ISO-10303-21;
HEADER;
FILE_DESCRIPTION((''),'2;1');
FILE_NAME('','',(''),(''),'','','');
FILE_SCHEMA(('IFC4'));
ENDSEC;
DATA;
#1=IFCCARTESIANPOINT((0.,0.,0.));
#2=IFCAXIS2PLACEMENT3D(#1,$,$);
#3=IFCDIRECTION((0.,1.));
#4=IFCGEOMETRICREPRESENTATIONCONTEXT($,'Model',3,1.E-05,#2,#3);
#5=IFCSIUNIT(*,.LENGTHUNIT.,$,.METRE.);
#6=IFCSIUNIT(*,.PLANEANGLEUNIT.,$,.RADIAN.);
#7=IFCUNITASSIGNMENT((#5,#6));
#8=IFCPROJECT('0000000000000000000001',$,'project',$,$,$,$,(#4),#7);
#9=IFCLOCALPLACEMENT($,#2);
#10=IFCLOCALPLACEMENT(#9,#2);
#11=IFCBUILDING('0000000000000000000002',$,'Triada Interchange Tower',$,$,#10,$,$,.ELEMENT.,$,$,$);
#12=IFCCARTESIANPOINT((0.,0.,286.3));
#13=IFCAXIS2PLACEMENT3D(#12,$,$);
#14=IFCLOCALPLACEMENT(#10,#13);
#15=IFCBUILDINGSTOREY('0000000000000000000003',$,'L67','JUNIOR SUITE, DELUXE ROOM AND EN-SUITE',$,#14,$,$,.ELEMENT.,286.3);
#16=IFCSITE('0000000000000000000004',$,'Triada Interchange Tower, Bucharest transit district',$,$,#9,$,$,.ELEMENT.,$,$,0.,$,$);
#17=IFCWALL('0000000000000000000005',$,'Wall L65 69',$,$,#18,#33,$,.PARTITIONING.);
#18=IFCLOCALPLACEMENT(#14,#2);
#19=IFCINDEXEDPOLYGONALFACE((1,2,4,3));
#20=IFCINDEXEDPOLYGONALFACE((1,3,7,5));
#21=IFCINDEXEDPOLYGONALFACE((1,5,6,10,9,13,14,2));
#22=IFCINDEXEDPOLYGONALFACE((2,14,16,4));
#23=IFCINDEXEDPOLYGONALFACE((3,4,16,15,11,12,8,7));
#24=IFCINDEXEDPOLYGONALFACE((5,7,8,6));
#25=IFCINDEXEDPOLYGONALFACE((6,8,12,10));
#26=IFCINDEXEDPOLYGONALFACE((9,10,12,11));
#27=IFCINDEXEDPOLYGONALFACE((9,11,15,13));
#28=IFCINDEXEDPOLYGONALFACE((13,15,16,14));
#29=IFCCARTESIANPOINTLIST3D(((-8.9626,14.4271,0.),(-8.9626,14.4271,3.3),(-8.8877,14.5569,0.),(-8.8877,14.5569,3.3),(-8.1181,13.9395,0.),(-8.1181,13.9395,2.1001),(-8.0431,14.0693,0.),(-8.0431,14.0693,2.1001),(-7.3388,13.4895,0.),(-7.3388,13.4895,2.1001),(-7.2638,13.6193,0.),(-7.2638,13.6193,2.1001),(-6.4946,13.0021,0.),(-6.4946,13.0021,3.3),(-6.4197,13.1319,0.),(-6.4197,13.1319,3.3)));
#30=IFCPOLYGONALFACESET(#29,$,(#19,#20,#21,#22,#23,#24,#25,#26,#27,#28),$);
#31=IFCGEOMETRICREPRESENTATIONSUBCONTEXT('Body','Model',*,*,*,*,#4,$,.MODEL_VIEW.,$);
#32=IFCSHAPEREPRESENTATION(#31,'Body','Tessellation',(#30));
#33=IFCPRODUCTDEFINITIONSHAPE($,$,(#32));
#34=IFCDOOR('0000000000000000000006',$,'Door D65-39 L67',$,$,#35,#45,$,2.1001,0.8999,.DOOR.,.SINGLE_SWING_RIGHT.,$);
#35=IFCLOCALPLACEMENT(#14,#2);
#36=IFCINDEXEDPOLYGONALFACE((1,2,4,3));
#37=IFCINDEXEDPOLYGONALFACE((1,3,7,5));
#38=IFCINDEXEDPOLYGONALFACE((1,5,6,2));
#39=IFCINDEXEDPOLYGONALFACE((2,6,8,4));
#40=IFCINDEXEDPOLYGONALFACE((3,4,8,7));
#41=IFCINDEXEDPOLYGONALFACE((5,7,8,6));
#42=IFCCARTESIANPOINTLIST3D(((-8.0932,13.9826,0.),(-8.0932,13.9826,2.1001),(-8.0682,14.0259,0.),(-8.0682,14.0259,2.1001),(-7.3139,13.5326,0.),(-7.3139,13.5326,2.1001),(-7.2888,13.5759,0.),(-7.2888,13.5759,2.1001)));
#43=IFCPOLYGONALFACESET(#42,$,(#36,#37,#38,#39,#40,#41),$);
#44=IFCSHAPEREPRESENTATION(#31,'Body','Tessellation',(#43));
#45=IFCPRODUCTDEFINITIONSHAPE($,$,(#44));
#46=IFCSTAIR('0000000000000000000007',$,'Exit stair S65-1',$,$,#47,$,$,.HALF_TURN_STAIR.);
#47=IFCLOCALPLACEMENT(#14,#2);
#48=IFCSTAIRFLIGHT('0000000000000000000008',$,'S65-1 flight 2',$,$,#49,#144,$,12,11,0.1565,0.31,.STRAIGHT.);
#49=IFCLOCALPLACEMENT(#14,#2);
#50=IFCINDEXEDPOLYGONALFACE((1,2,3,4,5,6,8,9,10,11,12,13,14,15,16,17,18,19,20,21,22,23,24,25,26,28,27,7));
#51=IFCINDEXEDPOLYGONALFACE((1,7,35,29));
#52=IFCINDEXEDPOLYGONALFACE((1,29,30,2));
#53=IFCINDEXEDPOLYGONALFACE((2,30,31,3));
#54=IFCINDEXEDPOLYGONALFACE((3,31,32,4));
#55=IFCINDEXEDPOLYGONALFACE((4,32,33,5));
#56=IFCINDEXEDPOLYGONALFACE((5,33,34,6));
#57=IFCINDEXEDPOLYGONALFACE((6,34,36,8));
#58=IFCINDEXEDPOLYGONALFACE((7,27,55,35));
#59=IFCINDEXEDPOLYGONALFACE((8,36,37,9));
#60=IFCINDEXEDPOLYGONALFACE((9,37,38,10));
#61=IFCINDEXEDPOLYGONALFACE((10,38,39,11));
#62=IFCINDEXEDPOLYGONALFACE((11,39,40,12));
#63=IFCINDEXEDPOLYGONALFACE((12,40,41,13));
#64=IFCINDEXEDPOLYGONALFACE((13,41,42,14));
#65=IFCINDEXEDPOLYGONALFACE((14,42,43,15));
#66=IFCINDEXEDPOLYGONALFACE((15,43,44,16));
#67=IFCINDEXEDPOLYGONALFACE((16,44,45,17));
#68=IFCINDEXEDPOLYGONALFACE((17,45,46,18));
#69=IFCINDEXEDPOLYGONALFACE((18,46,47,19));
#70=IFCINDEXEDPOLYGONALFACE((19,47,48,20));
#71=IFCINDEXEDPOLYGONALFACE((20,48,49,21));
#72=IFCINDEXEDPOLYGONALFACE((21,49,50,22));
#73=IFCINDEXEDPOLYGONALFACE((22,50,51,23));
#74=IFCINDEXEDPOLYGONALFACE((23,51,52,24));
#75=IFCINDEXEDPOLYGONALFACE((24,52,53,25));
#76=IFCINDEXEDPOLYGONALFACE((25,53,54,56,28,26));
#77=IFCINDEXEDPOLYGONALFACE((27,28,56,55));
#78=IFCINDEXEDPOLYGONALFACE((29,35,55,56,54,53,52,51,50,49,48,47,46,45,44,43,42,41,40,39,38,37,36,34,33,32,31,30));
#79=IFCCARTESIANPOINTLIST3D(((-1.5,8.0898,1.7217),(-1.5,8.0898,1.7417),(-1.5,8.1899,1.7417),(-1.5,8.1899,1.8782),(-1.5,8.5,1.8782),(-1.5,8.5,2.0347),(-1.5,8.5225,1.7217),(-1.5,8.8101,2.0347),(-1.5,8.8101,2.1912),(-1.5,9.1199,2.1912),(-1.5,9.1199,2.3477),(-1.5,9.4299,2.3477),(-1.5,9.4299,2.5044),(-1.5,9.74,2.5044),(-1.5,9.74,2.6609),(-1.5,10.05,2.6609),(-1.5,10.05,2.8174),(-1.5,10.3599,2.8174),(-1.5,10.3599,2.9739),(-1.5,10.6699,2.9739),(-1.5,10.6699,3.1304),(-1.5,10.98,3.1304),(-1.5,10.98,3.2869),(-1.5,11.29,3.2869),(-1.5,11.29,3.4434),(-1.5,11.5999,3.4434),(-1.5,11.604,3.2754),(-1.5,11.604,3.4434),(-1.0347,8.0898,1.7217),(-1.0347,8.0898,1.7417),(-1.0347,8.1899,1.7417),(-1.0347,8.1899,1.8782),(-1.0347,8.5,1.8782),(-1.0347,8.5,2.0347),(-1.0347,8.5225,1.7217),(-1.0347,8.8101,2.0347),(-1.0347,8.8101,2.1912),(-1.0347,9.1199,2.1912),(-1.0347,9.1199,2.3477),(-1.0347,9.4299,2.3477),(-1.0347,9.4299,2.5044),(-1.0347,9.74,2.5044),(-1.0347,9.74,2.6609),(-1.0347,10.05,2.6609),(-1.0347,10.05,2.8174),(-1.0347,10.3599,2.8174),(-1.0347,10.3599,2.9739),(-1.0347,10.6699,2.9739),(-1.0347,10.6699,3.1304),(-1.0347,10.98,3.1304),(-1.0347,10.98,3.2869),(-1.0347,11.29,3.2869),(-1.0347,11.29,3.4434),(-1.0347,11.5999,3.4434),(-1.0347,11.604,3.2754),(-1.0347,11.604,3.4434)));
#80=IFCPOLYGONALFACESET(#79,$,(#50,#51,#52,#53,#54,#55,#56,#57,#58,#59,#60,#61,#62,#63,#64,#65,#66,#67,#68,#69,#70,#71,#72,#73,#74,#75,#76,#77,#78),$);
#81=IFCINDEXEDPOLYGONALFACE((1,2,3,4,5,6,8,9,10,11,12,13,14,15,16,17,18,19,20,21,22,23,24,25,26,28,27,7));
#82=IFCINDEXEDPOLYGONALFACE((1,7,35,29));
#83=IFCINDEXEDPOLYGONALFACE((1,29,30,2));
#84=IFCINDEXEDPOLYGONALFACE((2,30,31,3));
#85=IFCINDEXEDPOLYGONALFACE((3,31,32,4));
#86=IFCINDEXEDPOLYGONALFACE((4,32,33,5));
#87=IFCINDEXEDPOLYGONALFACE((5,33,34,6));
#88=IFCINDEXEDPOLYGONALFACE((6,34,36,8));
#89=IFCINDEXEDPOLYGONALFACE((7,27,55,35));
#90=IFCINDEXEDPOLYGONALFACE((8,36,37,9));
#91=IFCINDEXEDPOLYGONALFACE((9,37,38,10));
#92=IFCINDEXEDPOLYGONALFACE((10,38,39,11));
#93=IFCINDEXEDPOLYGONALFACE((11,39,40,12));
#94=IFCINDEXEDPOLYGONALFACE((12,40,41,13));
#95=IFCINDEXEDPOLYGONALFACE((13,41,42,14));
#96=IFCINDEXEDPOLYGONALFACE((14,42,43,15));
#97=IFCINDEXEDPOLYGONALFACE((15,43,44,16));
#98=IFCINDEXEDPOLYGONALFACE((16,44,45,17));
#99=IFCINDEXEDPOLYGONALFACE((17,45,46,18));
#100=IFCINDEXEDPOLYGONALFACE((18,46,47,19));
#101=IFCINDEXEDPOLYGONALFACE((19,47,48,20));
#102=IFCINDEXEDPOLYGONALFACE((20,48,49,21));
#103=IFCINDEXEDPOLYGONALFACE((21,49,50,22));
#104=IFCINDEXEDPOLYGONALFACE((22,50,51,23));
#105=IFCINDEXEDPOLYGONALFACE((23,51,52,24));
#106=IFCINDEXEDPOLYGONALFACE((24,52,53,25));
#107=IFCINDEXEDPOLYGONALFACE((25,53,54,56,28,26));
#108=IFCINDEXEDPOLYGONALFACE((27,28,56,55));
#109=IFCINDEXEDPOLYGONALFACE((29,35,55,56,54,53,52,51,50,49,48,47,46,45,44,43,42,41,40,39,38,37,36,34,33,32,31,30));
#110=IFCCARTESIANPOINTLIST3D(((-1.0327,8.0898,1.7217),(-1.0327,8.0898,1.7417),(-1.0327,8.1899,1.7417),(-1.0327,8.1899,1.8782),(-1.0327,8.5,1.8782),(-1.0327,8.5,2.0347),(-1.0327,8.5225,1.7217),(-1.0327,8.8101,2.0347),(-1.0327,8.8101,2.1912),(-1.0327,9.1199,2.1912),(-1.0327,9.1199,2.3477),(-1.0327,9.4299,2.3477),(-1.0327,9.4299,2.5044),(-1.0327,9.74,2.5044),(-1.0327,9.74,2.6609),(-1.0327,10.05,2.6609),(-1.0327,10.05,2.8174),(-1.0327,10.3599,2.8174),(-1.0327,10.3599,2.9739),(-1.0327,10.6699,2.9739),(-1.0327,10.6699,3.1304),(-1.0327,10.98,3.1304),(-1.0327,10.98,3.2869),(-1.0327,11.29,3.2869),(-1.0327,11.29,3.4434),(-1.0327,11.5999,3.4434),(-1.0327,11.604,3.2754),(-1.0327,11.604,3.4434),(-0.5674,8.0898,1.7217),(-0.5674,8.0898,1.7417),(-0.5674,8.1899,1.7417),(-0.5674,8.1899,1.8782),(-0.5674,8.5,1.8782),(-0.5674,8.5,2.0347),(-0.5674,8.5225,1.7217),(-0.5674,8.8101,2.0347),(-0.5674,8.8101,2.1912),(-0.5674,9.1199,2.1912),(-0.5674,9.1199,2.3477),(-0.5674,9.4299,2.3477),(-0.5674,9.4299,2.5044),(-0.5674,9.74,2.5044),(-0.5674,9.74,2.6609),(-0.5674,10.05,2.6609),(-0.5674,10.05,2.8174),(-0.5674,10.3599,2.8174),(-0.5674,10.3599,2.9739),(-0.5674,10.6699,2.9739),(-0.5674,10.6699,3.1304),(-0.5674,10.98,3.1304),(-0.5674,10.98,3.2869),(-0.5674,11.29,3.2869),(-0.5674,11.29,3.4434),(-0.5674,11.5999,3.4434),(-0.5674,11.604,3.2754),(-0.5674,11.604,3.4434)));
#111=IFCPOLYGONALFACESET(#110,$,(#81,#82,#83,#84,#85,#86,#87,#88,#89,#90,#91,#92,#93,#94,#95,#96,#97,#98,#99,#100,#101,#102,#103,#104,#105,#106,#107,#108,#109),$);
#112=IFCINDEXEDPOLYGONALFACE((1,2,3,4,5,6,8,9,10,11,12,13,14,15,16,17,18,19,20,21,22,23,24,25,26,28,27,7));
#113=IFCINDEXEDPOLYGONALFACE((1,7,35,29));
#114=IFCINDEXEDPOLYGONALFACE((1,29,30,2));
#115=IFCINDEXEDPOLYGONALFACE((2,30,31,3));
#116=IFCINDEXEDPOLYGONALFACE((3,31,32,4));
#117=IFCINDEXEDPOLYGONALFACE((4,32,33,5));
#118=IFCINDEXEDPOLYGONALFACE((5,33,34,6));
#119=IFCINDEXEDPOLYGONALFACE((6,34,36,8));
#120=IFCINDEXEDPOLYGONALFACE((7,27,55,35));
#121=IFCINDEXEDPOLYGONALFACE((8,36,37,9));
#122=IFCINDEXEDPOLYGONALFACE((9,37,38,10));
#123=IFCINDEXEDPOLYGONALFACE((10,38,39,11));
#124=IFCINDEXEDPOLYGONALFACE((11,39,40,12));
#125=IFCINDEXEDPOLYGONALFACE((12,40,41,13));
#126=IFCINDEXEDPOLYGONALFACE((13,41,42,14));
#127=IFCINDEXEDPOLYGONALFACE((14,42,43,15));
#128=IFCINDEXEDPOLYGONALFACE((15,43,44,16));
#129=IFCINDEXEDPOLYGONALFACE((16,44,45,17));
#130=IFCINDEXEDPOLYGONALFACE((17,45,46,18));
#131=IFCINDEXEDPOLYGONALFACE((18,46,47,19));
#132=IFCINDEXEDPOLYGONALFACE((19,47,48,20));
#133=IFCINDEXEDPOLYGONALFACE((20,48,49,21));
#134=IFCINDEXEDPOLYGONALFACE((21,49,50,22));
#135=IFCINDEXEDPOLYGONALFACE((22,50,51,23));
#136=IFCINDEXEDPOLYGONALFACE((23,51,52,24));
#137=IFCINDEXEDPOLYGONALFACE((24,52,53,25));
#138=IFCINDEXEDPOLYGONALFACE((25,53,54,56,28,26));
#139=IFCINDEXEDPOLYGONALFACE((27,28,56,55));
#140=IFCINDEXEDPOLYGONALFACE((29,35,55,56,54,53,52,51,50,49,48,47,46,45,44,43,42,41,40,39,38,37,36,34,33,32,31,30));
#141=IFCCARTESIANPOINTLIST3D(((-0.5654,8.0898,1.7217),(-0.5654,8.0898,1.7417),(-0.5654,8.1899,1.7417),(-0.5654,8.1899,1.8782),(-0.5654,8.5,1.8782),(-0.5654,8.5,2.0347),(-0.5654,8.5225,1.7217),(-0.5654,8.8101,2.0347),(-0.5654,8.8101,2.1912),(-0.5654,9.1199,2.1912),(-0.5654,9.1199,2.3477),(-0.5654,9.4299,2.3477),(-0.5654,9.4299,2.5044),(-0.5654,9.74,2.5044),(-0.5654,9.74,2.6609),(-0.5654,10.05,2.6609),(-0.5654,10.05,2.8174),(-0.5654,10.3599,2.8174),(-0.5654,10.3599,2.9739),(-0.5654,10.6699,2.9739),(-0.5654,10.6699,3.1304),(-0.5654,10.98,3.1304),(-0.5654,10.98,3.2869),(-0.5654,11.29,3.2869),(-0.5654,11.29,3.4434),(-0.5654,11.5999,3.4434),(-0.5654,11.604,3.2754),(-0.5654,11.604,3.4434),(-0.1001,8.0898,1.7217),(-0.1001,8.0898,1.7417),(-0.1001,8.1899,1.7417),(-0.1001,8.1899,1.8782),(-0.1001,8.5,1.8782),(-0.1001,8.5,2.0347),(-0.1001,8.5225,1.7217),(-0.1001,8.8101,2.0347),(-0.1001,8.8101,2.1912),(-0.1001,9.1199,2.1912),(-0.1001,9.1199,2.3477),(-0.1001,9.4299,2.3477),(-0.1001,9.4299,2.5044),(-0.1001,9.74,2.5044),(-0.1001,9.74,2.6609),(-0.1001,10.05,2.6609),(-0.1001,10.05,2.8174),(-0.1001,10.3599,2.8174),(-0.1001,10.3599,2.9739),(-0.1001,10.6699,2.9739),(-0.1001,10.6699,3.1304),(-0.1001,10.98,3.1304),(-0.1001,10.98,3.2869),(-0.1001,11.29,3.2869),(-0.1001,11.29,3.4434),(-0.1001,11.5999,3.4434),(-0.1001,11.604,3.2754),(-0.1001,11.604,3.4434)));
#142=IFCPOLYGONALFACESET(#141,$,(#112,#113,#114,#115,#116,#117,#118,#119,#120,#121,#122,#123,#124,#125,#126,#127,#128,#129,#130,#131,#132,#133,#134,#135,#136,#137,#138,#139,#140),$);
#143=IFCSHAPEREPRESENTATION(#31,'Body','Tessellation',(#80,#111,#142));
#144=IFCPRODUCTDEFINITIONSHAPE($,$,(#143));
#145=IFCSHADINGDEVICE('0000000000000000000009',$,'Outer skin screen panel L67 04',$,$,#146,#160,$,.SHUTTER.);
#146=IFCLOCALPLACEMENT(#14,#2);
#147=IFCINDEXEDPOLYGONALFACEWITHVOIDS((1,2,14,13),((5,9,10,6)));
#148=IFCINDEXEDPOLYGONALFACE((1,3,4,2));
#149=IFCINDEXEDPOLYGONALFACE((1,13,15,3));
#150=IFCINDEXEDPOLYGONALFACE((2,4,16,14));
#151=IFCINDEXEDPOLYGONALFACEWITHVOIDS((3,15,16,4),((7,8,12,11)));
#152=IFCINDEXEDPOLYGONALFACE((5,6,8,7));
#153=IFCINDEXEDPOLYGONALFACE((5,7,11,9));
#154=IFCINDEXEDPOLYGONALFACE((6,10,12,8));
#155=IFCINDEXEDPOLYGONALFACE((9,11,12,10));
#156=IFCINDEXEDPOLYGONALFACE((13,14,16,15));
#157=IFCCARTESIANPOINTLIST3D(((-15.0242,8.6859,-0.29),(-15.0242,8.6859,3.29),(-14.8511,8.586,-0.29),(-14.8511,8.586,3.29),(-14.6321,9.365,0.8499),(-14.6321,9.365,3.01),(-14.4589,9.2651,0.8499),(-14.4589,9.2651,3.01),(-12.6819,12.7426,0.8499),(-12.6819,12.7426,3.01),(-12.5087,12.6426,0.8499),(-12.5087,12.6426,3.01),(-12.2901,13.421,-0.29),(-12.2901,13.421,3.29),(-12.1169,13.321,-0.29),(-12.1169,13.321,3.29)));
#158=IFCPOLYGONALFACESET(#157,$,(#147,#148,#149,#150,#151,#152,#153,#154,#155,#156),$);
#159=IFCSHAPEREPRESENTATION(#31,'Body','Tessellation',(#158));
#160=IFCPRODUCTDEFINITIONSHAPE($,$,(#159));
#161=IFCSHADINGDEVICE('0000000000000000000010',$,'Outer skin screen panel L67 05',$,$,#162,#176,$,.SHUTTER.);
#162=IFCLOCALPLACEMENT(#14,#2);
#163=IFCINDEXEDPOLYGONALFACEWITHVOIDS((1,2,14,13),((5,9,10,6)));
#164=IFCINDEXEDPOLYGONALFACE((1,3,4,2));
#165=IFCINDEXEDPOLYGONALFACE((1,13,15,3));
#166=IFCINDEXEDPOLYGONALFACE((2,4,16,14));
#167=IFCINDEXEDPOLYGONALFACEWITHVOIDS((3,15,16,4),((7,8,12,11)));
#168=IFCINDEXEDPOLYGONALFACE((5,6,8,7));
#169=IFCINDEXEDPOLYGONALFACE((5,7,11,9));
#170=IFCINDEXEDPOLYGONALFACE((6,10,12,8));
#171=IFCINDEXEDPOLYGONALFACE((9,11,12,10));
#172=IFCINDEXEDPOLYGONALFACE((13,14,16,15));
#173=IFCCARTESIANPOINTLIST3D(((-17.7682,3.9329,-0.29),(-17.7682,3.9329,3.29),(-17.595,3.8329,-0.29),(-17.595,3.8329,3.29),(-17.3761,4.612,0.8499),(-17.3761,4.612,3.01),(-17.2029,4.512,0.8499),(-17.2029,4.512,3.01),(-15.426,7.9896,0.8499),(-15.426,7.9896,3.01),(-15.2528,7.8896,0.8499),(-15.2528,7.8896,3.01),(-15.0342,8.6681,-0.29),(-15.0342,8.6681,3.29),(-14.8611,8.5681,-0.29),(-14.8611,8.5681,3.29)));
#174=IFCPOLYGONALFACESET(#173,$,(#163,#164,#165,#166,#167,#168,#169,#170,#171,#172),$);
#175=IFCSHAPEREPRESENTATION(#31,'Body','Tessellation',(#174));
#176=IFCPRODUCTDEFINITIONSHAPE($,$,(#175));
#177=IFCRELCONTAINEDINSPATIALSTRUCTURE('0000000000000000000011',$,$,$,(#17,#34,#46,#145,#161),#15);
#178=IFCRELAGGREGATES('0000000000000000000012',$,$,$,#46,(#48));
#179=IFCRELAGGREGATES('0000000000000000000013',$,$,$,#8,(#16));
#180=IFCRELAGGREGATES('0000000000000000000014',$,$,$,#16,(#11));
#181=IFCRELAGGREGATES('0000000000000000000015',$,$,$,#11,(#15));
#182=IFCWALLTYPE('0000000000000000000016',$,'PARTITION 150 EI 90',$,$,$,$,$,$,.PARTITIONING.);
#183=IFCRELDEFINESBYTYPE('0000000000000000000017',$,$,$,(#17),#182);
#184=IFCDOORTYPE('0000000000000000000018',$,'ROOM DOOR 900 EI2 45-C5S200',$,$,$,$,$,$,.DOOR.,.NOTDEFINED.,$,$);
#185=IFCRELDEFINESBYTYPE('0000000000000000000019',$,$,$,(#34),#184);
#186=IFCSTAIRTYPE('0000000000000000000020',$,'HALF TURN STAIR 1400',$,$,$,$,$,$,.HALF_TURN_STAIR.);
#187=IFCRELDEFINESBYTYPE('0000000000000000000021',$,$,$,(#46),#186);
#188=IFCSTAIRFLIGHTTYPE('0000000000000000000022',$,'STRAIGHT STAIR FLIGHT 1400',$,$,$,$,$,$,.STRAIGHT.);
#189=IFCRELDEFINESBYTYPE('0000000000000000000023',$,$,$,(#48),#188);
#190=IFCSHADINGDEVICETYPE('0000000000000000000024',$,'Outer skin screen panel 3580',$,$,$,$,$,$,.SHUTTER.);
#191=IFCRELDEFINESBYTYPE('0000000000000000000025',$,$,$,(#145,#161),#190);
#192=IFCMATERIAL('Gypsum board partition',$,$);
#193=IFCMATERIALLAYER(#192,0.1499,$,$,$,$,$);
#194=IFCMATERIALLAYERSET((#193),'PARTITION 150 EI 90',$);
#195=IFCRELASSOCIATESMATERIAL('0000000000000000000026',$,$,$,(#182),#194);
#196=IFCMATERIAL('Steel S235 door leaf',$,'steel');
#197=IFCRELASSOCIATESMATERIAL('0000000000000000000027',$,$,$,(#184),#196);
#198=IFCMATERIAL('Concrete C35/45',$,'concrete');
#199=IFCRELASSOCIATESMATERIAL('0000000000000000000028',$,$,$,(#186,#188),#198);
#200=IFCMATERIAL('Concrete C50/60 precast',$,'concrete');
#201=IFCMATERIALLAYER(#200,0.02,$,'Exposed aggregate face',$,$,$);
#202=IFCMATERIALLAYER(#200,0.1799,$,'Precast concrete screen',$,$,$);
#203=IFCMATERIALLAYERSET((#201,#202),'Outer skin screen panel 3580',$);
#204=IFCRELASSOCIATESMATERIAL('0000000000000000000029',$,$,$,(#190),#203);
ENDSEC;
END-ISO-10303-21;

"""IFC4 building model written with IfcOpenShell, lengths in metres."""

from ifc_helpers import new_model, si_unit, direction, frame, frame_2d, origin, place, context, subcontext, project, spatial, polyline, rectangle, outline, extrude, material, layer, layer_set, type_object, element, fill, aggregate, save


model = new_model("IFC4")

# Units and contexts
model_context = context("Model", 3, precision=1e-05, world=origin(), true_north=direction((0.0, 1.0)))
body_context = subcontext(model_context, "Body", "Model", "MODEL_VIEW")
ifc_project = project(units=[si_unit("LENGTHUNIT", "METRE"), si_unit("PLANEANGLEUNIT", "RADIAN")], contexts=[model_context])

# Site, building, storey
site_placement = place(None, origin())
site = spatial("IfcSite", under=ifc_project, at=site_placement, Name="Triada Interchange Tower, Bucharest transit district", CompositionType="ELEMENT", RefElevation=0.0)
building_placement = place(site_placement, origin())
building = spatial("IfcBuilding", under=site, at=building_placement, Name="Triada Interchange Tower", CompositionType="ELEMENT")
storey_placement = place(building_placement, frame((0.0, 0.0, 286.3)))
storey = spatial("IfcBuildingStorey", under=building, at=storey_placement, Name="L67", Description="JUNIOR SUITE, DELUXE ROOM AND EN-SUITE", CompositionType="ELEMENT", Elevation=286.3)

# Shared definitions
ifc_material_1 = material(Name="Steel S235 door leaf", Category="steel")

# Shared definitions
ifc_material_2 = material(Name="Gypsum board partition")
ifc_layer_1 = layer(ifc_material_2, 0.1499)
ifc_layer_set_1 = layer_set([ifc_layer_1], Name="PARTITION 150 EI 90")
wall_type_1 = type_object("IfcWallType", Name="PARTITION 150 EI 90", PredefinedType="PARTITIONING", material=ifc_layer_set_1)

# Wall, opening, door
door_type_1 = type_object("IfcDoorType", Name="ROOM DOOR 900 EI2 45-C5S200", OperationType="NOTDEFINED", PredefinedType="DOOR", material=ifc_material_1)
wall_1_placement = place(storey_placement, frame((-8.925, 14.4919, 0.0), z_axis=(0.0, 0.0, 1.0), x_axis=(0.866004, -0.500036, 0.0)))
wall_1 = element("IfcWall", 1, at=wall_1_placement, inside=storey, type_object=wall_type_1, Name="Wall L65 69", PredefinedType="PARTITIONING", context=body_context, shape_type="SweptSolid", body=[
    extrude(rectangle(XDim=2.8499, YDim=0.1499, at=frame_2d((1.4248, 0.0))), origin(), (0.0, 0.0, 1.0), 3.3),
])
opening_1_placement = place(wall_1_placement, frame((0.9751, 0.0, 0.0)))
opening_1 = element("IfcOpeningElement", 2, at=opening_1_placement, cuts=wall_1, PredefinedType="OPENING", context=body_context, shape_type="SweptSolid", body=[
    extrude(rectangle(XDim=0.8999, YDim=2.1001, at=frame_2d((0.45, 1.05))), frame((0.0, 0.085, 0.0), z_axis=(0.0, -1.0, 0.0), x_axis=(1.0, 0.0, 0.0)), (0.0, 0.0, 1.0), 0.1699),
])
door_1_placement = place(opening_1_placement, origin())
door_1 = element("IfcDoor", 3, at=door_1_placement, inside=storey, type_object=door_type_1, Name="Door D65-39 L67", OperationType="SINGLE_SWING_RIGHT", OverallHeight=2.1001, OverallWidth=0.8999, PredefinedType="DOOR", context=body_context, shape_type="SweptSolid", body=[
    extrude(rectangle(XDim=0.8999, YDim=2.1001, at=frame_2d((0.45, 1.05))), frame((0.0, 0.0249, 0.0), z_axis=(0.0, -1.0, 0.0), x_axis=(1.0, 0.0, 0.0)), (0.0, 0.0, 1.0), 0.05),
])
fill(opening_1, door_1)

# Stair, stair flight
ifc_material_3 = material(Name="Concrete C35/45", Category="concrete")
stair_type = type_object("IfcStairType", Name="HALF TURN STAIR 1400", PredefinedType="HALF_TURN_STAIR", material=ifc_material_3)
stair_placement = place(storey_placement, origin())
stair = element("IfcStair", 4, at=stair_placement, inside=storey, type_object=stair_type, Name="Exit stair S65-1", PredefinedType="HALF_TURN_STAIR")
stair_flight_type = type_object("IfcStairFlightType", Name="STRAIGHT STAIR FLIGHT 1400", PredefinedType="STRAIGHT", material=ifc_material_3)
stair_flight_placement = place(storey_placement, frame((-0.8, 8.1899, 1.7217), z_axis=(0.0, 0.0, 1.0), x_axis=(0.0, 1.0, 0.0)))
stair_flight = element("IfcStairFlight", 5, at=stair_flight_placement, type_object=stair_flight_type, Name="S65-1 flight 2", NumberOfRisers=12, NumberOfTreads=11, PredefinedType="STRAIGHT", RiserHeight=0.1565, TreadLength=0.31, context=body_context, shape_type="SweptSolid", body=[
    extrude(outline(polyline([(-0.1001, 0.0), (-0.1001, 0.02), (0.0, 0.02), (0.0, 0.1565), (0.3101, 0.1565), (0.3101, 0.313), (0.6201, 0.313), (0.6201, 0.4695), (0.9299, 0.4695), (0.9299, 0.626), (1.24, 0.626), (1.24, 0.7827), (1.55, 0.7827), (1.55, 0.9392), (1.8601, 0.9392), (1.8601, 1.0957), (2.1699, 1.0957), (2.1699, 1.2522), (2.48, 1.2522), (2.48, 1.4087), (2.79, 1.4087), (2.79, 1.5652), (3.1001, 1.5652), (3.1001, 1.7217), (3.4099, 1.7217), (3.4141, 1.7217), (3.4141, 1.8782), (3.4141, 1.5537), (0.3325, 0.0), (-0.1001, 0.0)])), frame((0.0, 0.7, 0.0), z_axis=(0.0, -1.0, 0.0), x_axis=(1.0, 0.0, 0.0)), (0.0, 0.0, 1.0), 0.4653),
    extrude(outline(polyline([(-0.1001, 0.0), (-0.1001, 0.02), (0.0, 0.02), (0.0, 0.1565), (0.3101, 0.1565), (0.3101, 0.313), (0.6201, 0.313), (0.6201, 0.4695), (0.9299, 0.4695), (0.9299, 0.626), (1.24, 0.626), (1.24, 0.7827), (1.55, 0.7827), (1.55, 0.9392), (1.8601, 0.9392), (1.8601, 1.0957), (2.1699, 1.0957), (2.1699, 1.2522), (2.48, 1.2522), (2.48, 1.4087), (2.79, 1.4087), (2.79, 1.5652), (3.1001, 1.5652), (3.1001, 1.7217), (3.4099, 1.7217), (3.4141, 1.7217), (3.4141, 1.8782), (3.4141, 1.5537), (0.3325, 0.0), (-0.1001, 0.0)])), frame((0.0, 0.2327, 0.0), z_axis=(0.0, -1.0, 0.0), x_axis=(1.0, 0.0, 0.0)), (0.0, 0.0, 1.0), 0.4653),
    extrude(outline(polyline([(-0.1001, 0.0), (-0.1001, 0.02), (0.0, 0.02), (0.0, 0.1565), (0.3101, 0.1565), (0.3101, 0.313), (0.6201, 0.313), (0.6201, 0.4695), (0.9299, 0.4695), (0.9299, 0.626), (1.24, 0.626), (1.24, 0.7827), (1.55, 0.7827), (1.55, 0.9392), (1.8601, 0.9392), (1.8601, 1.0957), (2.1699, 1.0957), (2.1699, 1.2522), (2.48, 1.2522), (2.48, 1.4087), (2.79, 1.4087), (2.79, 1.5652), (3.1001, 1.5652), (3.1001, 1.7217), (3.4099, 1.7217), (3.4141, 1.7217), (3.4141, 1.8782), (3.4141, 1.5537), (0.3325, 0.0), (-0.1001, 0.0)])), frame((0.0, -0.2346, 0.0), z_axis=(0.0, -1.0, 0.0), x_axis=(1.0, 0.0, 0.0)), (0.0, 0.0, 1.0), 0.4653),
])

# Shading devices
ifc_material_4 = material(Name="Concrete C50/60 precast", Category="concrete")
ifc_layer_2 = layer(ifc_material_4, 0.02, Name="Exposed aggregate face")
ifc_layer_3 = layer(ifc_material_4, 0.1799, Name="Precast concrete screen")
ifc_layer_set_2 = layer_set([ifc_layer_2, ifc_layer_3], Name="Outer skin screen panel 3580")
shading_device_type = type_object("IfcShadingDeviceType", Name="Outer skin screen panel 3580", PredefinedType="SHUTTER", material=ifc_layer_set_2)
for number, where, z_axis, x_axis, name in (
    (6, (-12.1169, 13.321, -0.29), (0.0, 0.0, 1.0), (-0.500043, -0.866, 0.0), "Outer skin screen panel L67 04"),
    (7, (-14.8611, 8.5681, -0.29), (0.0, 0.0, 1.0), (-0.50001, -0.86602, 0.0), "Outer skin screen panel L67 05"),
):
    element("IfcShadingDevice", number, at=place(storey_placement, frame(where, z_axis=z_axis, x_axis=x_axis)), inside=storey, type_object=shading_device_type, Name=name, PredefinedType="SHUTTER", context=body_context, shape_type="SweptSolid", body=[
        extrude(outline(polyline([(0.0, 0.0), (5.4678, 0.0), (5.4678, 3.5801), (0.0, 3.5801), (0.0, 0.0)]), holes=[polyline([(0.7834, 1.1399), (0.7834, 3.3), (4.6836, 3.3), (4.6836, 1.1399), (0.7834, 1.1399)])]), frame((0.0, 0.0, 0.0), z_axis=(0.0, -1.0, 0.0), x_axis=(1.0, 0.0, 0.0)), (0.0, 0.0, 1.0), 0.2),
    ])

aggregate(stair, [stair_flight])

save(model, "model.ifc")
